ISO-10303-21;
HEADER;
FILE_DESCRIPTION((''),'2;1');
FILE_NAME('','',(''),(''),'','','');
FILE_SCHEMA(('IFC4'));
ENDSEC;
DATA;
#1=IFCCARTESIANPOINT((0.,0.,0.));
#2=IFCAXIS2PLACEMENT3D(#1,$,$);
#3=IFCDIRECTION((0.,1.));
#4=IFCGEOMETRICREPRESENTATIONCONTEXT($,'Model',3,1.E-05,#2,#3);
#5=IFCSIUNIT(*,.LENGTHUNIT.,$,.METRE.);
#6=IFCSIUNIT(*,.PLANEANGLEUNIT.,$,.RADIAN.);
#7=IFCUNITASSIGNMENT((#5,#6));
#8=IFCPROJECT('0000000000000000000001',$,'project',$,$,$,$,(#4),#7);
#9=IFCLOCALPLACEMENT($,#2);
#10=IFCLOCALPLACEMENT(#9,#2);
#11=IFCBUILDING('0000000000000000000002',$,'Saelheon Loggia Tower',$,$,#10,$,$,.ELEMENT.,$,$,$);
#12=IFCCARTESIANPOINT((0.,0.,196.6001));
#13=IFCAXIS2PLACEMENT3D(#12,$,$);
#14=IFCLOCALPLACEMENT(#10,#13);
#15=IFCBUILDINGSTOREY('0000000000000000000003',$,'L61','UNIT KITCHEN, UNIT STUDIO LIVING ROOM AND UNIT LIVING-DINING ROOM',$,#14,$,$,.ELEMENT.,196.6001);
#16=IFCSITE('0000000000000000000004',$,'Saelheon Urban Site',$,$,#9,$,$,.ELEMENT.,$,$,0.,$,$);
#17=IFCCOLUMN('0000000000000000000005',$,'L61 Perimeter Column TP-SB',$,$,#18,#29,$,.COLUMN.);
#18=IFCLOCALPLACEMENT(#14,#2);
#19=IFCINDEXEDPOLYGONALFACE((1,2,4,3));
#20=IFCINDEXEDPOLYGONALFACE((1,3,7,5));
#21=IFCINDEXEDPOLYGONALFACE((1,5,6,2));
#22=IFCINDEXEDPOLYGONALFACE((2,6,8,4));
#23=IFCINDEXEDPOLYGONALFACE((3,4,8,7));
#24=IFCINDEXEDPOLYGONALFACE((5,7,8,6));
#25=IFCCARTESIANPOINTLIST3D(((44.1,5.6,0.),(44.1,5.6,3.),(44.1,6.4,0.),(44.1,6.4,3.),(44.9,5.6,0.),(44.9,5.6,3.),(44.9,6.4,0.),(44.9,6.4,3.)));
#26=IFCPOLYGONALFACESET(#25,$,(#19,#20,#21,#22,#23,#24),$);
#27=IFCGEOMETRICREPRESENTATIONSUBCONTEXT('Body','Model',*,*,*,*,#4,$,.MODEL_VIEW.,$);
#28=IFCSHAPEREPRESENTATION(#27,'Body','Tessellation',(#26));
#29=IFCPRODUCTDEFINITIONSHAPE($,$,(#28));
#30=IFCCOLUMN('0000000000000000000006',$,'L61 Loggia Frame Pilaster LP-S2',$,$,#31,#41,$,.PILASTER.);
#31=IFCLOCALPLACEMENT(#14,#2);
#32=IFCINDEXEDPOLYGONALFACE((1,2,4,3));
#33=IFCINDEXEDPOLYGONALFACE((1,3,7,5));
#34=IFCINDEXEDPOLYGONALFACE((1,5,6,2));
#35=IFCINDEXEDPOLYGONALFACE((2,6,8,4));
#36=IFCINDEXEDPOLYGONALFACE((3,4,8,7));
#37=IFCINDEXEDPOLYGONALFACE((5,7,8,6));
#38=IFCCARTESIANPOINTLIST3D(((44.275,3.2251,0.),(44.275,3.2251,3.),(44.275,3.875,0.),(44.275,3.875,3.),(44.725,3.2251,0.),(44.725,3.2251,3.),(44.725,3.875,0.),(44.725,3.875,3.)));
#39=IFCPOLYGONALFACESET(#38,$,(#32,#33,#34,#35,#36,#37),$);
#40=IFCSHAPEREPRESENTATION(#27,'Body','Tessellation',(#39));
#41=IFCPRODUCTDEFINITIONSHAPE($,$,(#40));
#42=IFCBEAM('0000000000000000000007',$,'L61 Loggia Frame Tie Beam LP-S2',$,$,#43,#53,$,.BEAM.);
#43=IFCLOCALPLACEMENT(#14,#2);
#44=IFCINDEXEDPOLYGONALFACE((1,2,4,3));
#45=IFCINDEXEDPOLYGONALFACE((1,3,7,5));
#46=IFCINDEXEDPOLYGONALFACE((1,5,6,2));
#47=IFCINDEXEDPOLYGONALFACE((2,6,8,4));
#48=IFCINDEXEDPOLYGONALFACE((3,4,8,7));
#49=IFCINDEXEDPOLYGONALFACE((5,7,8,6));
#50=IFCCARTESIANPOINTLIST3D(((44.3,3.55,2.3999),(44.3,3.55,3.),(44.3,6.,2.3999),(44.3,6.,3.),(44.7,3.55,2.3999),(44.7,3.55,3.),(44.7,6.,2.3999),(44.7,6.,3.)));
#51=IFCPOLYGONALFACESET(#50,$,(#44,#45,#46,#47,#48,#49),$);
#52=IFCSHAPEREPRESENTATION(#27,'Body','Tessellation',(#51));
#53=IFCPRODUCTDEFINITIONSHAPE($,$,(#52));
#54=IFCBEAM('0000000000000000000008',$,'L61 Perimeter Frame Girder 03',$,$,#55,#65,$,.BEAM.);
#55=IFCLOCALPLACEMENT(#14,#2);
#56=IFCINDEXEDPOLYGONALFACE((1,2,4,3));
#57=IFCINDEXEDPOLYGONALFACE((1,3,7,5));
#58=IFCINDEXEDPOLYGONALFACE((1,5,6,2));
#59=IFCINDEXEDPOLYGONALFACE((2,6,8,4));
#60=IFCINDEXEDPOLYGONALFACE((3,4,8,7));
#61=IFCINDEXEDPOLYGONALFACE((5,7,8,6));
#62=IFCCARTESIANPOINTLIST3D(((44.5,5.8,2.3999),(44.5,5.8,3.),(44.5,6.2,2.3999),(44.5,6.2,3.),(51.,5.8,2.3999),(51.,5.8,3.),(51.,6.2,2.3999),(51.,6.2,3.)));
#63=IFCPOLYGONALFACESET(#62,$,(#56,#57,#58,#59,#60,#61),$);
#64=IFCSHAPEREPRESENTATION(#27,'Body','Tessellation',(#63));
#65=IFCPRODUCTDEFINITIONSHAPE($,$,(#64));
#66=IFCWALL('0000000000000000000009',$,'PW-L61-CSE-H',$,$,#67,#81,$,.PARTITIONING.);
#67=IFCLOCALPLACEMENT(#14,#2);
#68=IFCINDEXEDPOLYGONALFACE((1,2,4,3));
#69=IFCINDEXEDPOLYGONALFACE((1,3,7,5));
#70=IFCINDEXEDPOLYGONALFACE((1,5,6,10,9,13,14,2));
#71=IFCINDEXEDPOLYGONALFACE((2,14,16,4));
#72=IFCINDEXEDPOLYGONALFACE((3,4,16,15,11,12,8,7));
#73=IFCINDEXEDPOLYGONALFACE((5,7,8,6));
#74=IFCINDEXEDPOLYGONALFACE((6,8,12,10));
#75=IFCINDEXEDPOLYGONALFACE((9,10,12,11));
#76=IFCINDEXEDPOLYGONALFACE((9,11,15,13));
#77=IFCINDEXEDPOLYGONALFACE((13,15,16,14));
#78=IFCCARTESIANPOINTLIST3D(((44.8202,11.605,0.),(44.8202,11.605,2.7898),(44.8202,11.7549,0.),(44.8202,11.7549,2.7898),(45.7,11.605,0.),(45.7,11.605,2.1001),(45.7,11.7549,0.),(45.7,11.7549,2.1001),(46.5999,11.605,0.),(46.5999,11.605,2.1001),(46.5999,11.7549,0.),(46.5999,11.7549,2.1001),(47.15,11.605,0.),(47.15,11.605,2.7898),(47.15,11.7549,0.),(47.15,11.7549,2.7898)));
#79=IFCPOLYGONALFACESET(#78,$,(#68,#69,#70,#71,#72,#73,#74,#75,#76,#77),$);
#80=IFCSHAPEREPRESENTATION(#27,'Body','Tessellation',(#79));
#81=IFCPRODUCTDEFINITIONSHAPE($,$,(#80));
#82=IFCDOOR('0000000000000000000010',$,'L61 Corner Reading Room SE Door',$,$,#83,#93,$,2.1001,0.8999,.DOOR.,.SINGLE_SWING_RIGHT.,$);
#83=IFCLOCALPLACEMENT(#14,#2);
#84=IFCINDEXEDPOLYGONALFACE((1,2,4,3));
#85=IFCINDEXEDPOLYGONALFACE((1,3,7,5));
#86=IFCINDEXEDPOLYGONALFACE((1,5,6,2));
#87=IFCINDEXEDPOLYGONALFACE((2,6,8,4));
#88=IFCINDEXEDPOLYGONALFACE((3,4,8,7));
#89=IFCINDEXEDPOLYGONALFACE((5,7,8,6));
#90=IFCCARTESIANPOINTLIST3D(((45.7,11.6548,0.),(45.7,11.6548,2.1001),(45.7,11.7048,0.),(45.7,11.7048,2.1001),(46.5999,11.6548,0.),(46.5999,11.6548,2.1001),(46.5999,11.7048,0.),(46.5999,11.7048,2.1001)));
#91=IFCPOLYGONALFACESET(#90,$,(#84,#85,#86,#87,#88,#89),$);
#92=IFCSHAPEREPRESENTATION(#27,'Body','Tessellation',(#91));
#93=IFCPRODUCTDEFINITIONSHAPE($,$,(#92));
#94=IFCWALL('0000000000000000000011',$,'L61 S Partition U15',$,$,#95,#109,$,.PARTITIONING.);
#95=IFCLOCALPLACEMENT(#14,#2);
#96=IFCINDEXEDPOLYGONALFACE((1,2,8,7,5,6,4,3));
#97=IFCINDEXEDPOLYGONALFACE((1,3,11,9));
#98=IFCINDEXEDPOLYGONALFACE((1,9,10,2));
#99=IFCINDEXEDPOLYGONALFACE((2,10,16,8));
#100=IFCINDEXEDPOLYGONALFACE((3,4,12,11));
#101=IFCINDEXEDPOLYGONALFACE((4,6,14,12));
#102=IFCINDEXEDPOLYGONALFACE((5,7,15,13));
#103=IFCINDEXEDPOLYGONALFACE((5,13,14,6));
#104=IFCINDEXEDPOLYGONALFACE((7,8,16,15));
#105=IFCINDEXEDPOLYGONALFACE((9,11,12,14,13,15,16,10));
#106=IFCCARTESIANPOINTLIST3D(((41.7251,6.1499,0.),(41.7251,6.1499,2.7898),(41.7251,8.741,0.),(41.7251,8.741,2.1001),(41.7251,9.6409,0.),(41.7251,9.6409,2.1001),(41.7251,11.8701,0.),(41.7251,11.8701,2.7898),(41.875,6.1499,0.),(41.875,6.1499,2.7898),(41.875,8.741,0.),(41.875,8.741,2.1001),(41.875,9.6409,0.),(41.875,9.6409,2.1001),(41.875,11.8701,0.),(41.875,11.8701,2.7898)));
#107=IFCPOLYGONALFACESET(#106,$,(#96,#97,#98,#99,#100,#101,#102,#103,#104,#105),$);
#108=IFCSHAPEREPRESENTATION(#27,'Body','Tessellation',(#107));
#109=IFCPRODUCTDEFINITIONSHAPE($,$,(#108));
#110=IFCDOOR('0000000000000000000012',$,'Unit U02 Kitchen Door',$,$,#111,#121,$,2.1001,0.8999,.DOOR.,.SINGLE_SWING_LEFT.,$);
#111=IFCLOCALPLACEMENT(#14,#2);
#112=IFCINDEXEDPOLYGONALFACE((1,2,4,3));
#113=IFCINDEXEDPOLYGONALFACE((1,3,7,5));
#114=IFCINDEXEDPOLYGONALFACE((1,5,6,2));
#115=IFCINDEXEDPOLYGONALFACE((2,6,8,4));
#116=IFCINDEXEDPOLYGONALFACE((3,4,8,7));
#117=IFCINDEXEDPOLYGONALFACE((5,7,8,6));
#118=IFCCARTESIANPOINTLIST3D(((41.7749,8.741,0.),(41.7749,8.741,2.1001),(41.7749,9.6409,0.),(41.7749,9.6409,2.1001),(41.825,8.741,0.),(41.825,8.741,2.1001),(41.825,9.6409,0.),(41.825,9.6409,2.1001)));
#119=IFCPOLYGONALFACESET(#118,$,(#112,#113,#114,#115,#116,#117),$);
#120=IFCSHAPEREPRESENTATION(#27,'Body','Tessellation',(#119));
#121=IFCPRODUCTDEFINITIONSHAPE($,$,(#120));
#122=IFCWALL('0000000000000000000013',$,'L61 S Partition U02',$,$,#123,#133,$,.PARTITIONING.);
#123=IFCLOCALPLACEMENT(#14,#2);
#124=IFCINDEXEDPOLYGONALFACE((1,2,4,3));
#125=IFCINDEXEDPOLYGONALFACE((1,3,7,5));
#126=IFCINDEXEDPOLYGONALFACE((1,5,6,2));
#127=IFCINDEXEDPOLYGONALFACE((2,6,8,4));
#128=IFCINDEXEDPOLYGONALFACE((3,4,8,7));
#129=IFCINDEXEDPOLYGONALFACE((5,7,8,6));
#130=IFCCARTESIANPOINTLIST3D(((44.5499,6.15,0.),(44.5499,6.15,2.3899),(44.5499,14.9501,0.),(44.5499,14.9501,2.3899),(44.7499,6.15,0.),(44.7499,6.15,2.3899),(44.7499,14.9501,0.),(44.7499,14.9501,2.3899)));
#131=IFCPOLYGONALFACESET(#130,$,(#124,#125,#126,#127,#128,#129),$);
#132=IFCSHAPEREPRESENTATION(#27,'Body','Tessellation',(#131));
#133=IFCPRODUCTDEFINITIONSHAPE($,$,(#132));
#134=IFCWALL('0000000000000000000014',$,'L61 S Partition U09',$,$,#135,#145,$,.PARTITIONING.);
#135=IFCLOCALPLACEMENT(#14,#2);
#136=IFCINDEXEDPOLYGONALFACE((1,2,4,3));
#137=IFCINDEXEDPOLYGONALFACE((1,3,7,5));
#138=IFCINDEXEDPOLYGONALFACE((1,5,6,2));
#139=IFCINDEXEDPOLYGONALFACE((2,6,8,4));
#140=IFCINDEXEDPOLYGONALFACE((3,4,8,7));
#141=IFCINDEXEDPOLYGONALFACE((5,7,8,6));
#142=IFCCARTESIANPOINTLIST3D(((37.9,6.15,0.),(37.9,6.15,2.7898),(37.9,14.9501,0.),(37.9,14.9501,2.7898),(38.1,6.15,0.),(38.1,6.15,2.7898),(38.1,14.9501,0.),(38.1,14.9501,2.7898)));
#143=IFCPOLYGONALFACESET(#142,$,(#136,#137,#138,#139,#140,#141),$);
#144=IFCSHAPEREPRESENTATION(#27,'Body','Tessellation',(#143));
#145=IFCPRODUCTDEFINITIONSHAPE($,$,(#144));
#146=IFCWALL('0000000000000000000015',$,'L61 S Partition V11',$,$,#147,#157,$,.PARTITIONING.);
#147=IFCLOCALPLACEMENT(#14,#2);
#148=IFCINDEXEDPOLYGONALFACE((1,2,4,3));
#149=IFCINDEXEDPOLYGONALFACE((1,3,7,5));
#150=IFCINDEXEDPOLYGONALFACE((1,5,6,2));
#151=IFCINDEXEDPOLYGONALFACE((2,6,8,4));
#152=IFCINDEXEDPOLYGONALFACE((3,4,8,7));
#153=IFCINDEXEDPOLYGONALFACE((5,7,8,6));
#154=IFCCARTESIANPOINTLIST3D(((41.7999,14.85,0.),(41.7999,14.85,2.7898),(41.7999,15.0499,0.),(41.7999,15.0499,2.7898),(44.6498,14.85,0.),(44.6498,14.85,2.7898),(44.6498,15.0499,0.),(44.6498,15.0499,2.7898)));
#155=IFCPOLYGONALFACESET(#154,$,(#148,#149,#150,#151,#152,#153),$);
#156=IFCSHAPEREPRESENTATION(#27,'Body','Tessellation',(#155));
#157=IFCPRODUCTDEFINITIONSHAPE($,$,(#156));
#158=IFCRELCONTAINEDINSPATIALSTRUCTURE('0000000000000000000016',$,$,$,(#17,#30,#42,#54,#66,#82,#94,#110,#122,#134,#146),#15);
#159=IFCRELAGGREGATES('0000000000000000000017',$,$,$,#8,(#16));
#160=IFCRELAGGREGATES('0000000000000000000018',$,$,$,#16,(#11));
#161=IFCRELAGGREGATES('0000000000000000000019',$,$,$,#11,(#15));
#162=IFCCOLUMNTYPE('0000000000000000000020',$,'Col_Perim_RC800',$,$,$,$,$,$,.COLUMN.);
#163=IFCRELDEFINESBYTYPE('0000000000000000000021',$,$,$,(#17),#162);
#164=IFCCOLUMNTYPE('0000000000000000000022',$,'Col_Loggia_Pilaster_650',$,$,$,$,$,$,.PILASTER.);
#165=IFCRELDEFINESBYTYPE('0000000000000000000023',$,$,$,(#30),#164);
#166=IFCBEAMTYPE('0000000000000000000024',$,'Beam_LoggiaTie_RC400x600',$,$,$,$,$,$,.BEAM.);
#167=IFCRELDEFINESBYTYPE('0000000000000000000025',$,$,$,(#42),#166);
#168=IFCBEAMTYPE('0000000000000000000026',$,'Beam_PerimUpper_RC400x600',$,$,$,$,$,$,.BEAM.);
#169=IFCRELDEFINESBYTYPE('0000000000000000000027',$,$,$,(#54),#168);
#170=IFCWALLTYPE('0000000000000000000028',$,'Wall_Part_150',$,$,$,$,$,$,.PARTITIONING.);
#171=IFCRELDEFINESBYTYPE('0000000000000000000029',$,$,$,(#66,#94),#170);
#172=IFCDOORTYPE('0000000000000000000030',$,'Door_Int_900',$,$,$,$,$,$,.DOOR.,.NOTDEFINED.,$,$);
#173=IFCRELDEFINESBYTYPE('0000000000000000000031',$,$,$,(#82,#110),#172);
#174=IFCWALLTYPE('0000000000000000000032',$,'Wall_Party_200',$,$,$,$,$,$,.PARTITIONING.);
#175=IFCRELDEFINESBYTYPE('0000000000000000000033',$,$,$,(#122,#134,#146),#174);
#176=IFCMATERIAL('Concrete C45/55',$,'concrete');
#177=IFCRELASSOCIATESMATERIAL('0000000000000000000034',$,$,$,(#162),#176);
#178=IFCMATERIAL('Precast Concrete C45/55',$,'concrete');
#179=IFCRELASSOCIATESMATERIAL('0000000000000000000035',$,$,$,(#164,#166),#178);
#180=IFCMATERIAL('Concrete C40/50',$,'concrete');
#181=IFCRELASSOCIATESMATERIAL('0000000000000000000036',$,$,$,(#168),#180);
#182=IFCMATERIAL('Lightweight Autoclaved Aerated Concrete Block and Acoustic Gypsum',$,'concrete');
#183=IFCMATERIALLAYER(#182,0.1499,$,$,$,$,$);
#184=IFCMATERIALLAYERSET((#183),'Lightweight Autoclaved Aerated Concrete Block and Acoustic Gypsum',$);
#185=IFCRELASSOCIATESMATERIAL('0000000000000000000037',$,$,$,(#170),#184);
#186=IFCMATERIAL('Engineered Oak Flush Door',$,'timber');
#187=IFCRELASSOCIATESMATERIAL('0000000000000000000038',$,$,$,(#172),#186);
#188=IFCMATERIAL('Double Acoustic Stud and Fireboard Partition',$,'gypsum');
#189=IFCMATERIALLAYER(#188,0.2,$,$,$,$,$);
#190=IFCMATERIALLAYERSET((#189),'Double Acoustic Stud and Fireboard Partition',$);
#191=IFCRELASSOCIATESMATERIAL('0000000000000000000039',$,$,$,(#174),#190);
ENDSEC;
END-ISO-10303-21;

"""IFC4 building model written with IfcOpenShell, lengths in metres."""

from ifc_helpers import new_model, si_unit, direction, frame, frame_2d, origin, origin_2d, place, context, subcontext, project, spatial, rectangle, extrude, source, transform, mapped, material, layer, layer_set, material_profile, profile_set, type_object, element, fill, save


model = new_model("IFC4")

# Units and contexts
model_context = context("Model", 3, precision=1e-05, world=origin(), true_north=direction((0.0, 1.0)))
body_context = subcontext(model_context, "Body", "Model", "MODEL_VIEW")
ifc_project = project(units=[si_unit("LENGTHUNIT", "METRE"), si_unit("PLANEANGLEUNIT", "RADIAN")], contexts=[model_context])

# Site, building, storey
site_placement = place(None, origin())
site = spatial("IfcSite", under=ifc_project, at=site_placement, Name="Saelheon Urban Site", CompositionType="ELEMENT", RefElevation=0.0)
building_placement = place(site_placement, origin())
building = spatial("IfcBuilding", under=site, at=building_placement, Name="Saelheon Loggia Tower", CompositionType="ELEMENT")
storey_placement = place(building_placement, frame((0.0, 0.0, 196.6001)))
storey = spatial("IfcBuildingStorey", under=building, at=storey_placement, Name="L61", Description="UNIT KITCHEN, UNIT STUDIO LIVING ROOM AND UNIT LIVING-DINING ROOM", CompositionType="ELEMENT", Elevation=196.6001)

# Columns
ifc_material_1 = material(Name="Concrete C45/55", Category="concrete")
ifc_material_profile_1 = material_profile(ifc_material_1, rectangle(XDim=0.8, YDim=0.8, at=origin_2d()), Name="RC-800x800")
ifc_profile_set_1 = profile_set([ifc_material_profile_1], Name="Concrete C45/55")
column_type_1 = type_object("IfcColumnType", Name="Col_Perim_RC800", PredefinedType="COLUMN", material=ifc_profile_set_1)
shared_shape_1 = source(origin(), body_context, "Body", "SweptSolid", [
    extrude(rectangle(XDim=0.8, YDim=0.8, at=origin_2d()), origin(), (0.0, 0.0, 1.0), 3.0),
])
column_1_placement = place(storey_placement, frame((44.5, 6.0, 0.0), z_axis=(0.0, 0.0, 1.0), x_axis=(1.0, 0.0, 0.0)))
element("IfcColumn", 1, at=column_1_placement, inside=storey, type_object=column_type_1, Name="L61 Perimeter Column TP-SB", PredefinedType="COLUMN", context=body_context, shape_type="MappedRepresentation", body=[
    mapped(shared_shape_1, transform((0.0, 0.0, 0.0), scale=1.0)),
])
ifc_material_2 = material(Name="Precast Concrete C45/55", Category="concrete")
ifc_material_profile_2 = material_profile(ifc_material_2, rectangle(XDim=0.45, YDim=0.6499, at=origin_2d()), Name="RC-450x650")
ifc_profile_set_2 = profile_set([ifc_material_profile_2], Name="Precast Concrete C45/55")
column_type_2 = type_object("IfcColumnType", Name="Col_Loggia_Pilaster_650", PredefinedType="PILASTER", material=ifc_profile_set_2)
shared_shape_2 = source(origin(), body_context, "Body", "SweptSolid", [
    extrude(rectangle(XDim=0.45, YDim=0.6499, at=origin_2d()), origin(), (0.0, 0.0, 1.0), 3.0),
])
column_2_placement = place(storey_placement, frame((44.5, 3.55, 0.0), z_axis=(0.0, 0.0, 1.0), x_axis=(1.0, 0.0, 0.0)))
element("IfcColumn", 2, at=column_2_placement, inside=storey, type_object=column_type_2, Name="L61 Loggia Frame Pilaster LP-S2", PredefinedType="PILASTER", context=body_context, shape_type="MappedRepresentation", body=[
    mapped(shared_shape_2, transform((0.0, 0.0, 0.0), scale=1.0)),
])

# Beams
ifc_material_profile_3 = material_profile(ifc_material_2, rectangle(XDim=0.3999, YDim=0.6001, at=origin_2d()), Name="RC-400x600")
ifc_profile_set_3 = profile_set([ifc_material_profile_3], Name="Precast Concrete C45/55")
beam_type_1 = type_object("IfcBeamType", Name="Beam_LoggiaTie_RC400x600", PredefinedType="BEAM", material=ifc_profile_set_3)
shared_shape_3 = source(origin(), body_context, "Body", "SweptSolid", [
    extrude(rectangle(XDim=0.3999, YDim=0.6001, at=origin_2d()), origin(), (0.0, 0.0, 1.0), 2.45),
])
beam_1_placement = place(storey_placement, frame((44.5, 6.0, 2.7), z_axis=(0.0, -1.0, 0.0), x_axis=(1.0, 0.0, 0.0)))
element("IfcBeam", 3, at=beam_1_placement, inside=storey, type_object=beam_type_1, Name="L61 Loggia Frame Tie Beam LP-S2", PredefinedType="BEAM", context=body_context, shape_type="MappedRepresentation", body=[
    mapped(shared_shape_3, transform((0.0, 0.0, 0.0), scale=1.0)),
])
ifc_material_3 = material(Name="Concrete C40/50", Category="concrete")
ifc_material_profile_4 = material_profile(ifc_material_3, rectangle(XDim=0.3999, YDim=0.6001, at=origin_2d()), Name="RC-400x600")
ifc_profile_set_4 = profile_set([ifc_material_profile_4], Name="Concrete C40/50")
beam_type_2 = type_object("IfcBeamType", Name="Beam_PerimUpper_RC400x600", PredefinedType="BEAM", material=ifc_profile_set_4)
shared_shape_4 = source(origin(), body_context, "Body", "SweptSolid", [
    extrude(rectangle(XDim=0.3999, YDim=0.6001, at=origin_2d()), origin(), (0.0, 0.0, 1.0), 6.5),
])
beam_2_placement = place(storey_placement, frame((44.5, 6.0, 2.7), z_axis=(1.0, 0.0, 0.0), x_axis=(0.0, 1.0, 0.0)))
element("IfcBeam", 4, at=beam_2_placement, inside=storey, type_object=beam_type_2, Name="L61 Perimeter Frame Girder 03", PredefinedType="BEAM", context=body_context, shape_type="MappedRepresentation", body=[
    mapped(shared_shape_4, transform((0.0, 0.0, 0.0), scale=1.0)),
])

# Walls, openings, doors
ifc_material_4 = material(Name="Lightweight Autoclaved Aerated Concrete Block and Acoustic Gypsum", Category="concrete")
ifc_layer_1 = layer(ifc_material_4, 0.1499)
ifc_layer_set_1 = layer_set([ifc_layer_1], Name="Lightweight Autoclaved Aerated Concrete Block and Acoustic Gypsum")
wall_type_1 = type_object("IfcWallType", Name="Wall_Part_150", PredefinedType="PARTITIONING", material=ifc_layer_set_1)
wall_1_placement = place(storey_placement, frame((44.8201, 11.6799, 0.0), z_axis=(0.0, 0.0, 1.0), x_axis=(1.0, 0.0, 0.0)))
wall_1 = element("IfcWall", 5, at=wall_1_placement, inside=storey, type_object=wall_type_1, Name="PW-L61-CSE-H", PredefinedType="PARTITIONING", context=body_context, shape_type="SweptSolid", body=[
    extrude(rectangle(XDim=2.3298, YDim=0.1499, at=frame_2d((1.165, 0.0))), origin(), (0.0, 0.0, 1.0), 2.7898),
])
opening_1_placement = place(wall_1_placement, frame((0.8799, 0.0, 0.0)))
opening_1 = element("IfcOpeningElement", 6, at=opening_1_placement, cuts=wall_1, PredefinedType="OPENING", context=body_context, shape_type="SweptSolid", body=[
    extrude(rectangle(XDim=0.8999, YDim=2.1001, at=frame_2d((0.45, 1.05))), frame((0.0, 0.0869, 0.0), z_axis=(0.0, -1.0, 0.0), x_axis=(1.0, 0.0, 0.0)), (0.0, 0.0, 1.0), 0.1738),
])
ifc_material_5 = material(Name="Engineered Oak Flush Door", Category="timber")
door_type_1 = type_object("IfcDoorType", Name="Door_Int_900", OperationType="NOTDEFINED", PredefinedType="DOOR", material=ifc_material_5)
shared_shape_5 = source(origin(), body_context, "Body", "SweptSolid", [
    extrude(rectangle(XDim=0.8999, YDim=2.1001, at=frame_2d((0.45, 1.05))), frame((0.0, 0.0249, 0.0), z_axis=(0.0, -1.0, 0.0), x_axis=(1.0, 0.0, 0.0)), (0.0, 0.0, 1.0), 0.05),
])
door_1_placement = place(opening_1_placement, origin())
door_1 = element("IfcDoor", 7, at=door_1_placement, inside=storey, type_object=door_type_1, Name="L61 Corner Reading Room SE Door", OperationType="SINGLE_SWING_RIGHT", OverallHeight=2.1001, OverallWidth=0.8999, PredefinedType="DOOR", context=body_context, shape_type="MappedRepresentation", body=[
    mapped(shared_shape_5, transform((0.0, 0.0, 0.0), scale=1.0)),
])
fill(opening_1, door_1)
wall_2_placement = place(storey_placement, frame((41.8, 11.8701, 0.0), z_axis=(0.0, 0.0, 1.0), x_axis=(0.0, -1.0, 0.0)))
wall_2 = element("IfcWall", 8, at=wall_2_placement, inside=storey, type_object=wall_type_1, Name="L61 S Partition U15", PredefinedType="PARTITIONING", context=body_context, shape_type="SweptSolid", body=[
    extrude(rectangle(XDim=5.7202, YDim=0.1499, at=frame_2d((2.8601, 0.0))), origin(), (0.0, 0.0, 1.0), 2.7898),
])
opening_2_placement = place(wall_2_placement, frame((2.2292, 0.0, 0.0)))
opening_2 = element("IfcOpeningElement", 9, at=opening_2_placement, cuts=wall_2, PredefinedType="OPENING", context=body_context, shape_type="SweptSolid", body=[
    extrude(rectangle(XDim=0.8999, YDim=2.1001, at=frame_2d((0.45, 1.05))), frame((0.0, 0.0869, 0.0), z_axis=(0.0, -1.0, 0.0), x_axis=(1.0, 0.0, 0.0)), (0.0, 0.0, 1.0), 0.1738),
])
door_2_placement = place(opening_2_placement, origin())
door_2 = element("IfcDoor", 10, at=door_2_placement, inside=storey, type_object=door_type_1, Name="Unit U02 Kitchen Door", OperationType="SINGLE_SWING_LEFT", OverallHeight=2.1001, OverallWidth=0.8999, PredefinedType="DOOR", context=body_context, shape_type="MappedRepresentation", body=[
    mapped(shared_shape_5, transform((0.0, 0.0, 0.0), scale=1.0)),
])
fill(opening_2, door_2)

# Walls
ifc_material_6 = material(Name="Double Acoustic Stud and Fireboard Partition", Category="gypsum")
ifc_layer_2 = layer(ifc_material_6, 0.2)
ifc_layer_set_2 = layer_set([ifc_layer_2], Name="Double Acoustic Stud and Fireboard Partition")
wall_type_2 = type_object("IfcWallType", Name="Wall_Party_200", PredefinedType="PARTITIONING", material=ifc_layer_set_2)
wall_3_placement = place(storey_placement, frame((44.6499, 14.95, 0.0), z_axis=(0.0, 0.0, 1.0), x_axis=(0.0, -1.0, 0.0)))
element("IfcWall", 11, at=wall_3_placement, inside=storey, type_object=wall_type_2, Name="L61 S Partition U02", PredefinedType="PARTITIONING", context=body_context, shape_type="SweptSolid", body=[
    extrude(rectangle(XDim=8.8, YDim=0.2, at=frame_2d((4.3999, 0.0))), origin(), (0.0, 0.0, 1.0), 2.3899),
])
wall_4_placement = place(storey_placement, frame((38.0, 14.95, 0.0), z_axis=(0.0, 0.0, 1.0), x_axis=(0.0, -1.0, 0.0)))
element("IfcWall", 12, at=wall_4_placement, inside=storey, type_object=wall_type_2, Name="L61 S Partition U09", PredefinedType="PARTITIONING", context=body_context, shape_type="SweptSolid", body=[
    extrude(rectangle(XDim=8.8, YDim=0.2, at=frame_2d((4.3999, 0.0))), origin(), (0.0, 0.0, 1.0), 2.7898),
])

# Wall
wall_5_placement = place(storey_placement, frame((41.8, 14.95, 0.0), z_axis=(0.0, 0.0, 1.0), x_axis=(1.0, 0.0, 0.0)))
element("IfcWall", 13, at=wall_5_placement, inside=storey, type_object=wall_type_2, Name="L61 S Partition V11", PredefinedType="PARTITIONING", context=body_context, shape_type="SweptSolid", body=[
    extrude(rectangle(XDim=2.8499, YDim=0.2, at=frame_2d((1.4248, 0.0))), origin(), (0.0, 0.0, 1.0), 2.7898),
])

save(model, "model.ifc")
